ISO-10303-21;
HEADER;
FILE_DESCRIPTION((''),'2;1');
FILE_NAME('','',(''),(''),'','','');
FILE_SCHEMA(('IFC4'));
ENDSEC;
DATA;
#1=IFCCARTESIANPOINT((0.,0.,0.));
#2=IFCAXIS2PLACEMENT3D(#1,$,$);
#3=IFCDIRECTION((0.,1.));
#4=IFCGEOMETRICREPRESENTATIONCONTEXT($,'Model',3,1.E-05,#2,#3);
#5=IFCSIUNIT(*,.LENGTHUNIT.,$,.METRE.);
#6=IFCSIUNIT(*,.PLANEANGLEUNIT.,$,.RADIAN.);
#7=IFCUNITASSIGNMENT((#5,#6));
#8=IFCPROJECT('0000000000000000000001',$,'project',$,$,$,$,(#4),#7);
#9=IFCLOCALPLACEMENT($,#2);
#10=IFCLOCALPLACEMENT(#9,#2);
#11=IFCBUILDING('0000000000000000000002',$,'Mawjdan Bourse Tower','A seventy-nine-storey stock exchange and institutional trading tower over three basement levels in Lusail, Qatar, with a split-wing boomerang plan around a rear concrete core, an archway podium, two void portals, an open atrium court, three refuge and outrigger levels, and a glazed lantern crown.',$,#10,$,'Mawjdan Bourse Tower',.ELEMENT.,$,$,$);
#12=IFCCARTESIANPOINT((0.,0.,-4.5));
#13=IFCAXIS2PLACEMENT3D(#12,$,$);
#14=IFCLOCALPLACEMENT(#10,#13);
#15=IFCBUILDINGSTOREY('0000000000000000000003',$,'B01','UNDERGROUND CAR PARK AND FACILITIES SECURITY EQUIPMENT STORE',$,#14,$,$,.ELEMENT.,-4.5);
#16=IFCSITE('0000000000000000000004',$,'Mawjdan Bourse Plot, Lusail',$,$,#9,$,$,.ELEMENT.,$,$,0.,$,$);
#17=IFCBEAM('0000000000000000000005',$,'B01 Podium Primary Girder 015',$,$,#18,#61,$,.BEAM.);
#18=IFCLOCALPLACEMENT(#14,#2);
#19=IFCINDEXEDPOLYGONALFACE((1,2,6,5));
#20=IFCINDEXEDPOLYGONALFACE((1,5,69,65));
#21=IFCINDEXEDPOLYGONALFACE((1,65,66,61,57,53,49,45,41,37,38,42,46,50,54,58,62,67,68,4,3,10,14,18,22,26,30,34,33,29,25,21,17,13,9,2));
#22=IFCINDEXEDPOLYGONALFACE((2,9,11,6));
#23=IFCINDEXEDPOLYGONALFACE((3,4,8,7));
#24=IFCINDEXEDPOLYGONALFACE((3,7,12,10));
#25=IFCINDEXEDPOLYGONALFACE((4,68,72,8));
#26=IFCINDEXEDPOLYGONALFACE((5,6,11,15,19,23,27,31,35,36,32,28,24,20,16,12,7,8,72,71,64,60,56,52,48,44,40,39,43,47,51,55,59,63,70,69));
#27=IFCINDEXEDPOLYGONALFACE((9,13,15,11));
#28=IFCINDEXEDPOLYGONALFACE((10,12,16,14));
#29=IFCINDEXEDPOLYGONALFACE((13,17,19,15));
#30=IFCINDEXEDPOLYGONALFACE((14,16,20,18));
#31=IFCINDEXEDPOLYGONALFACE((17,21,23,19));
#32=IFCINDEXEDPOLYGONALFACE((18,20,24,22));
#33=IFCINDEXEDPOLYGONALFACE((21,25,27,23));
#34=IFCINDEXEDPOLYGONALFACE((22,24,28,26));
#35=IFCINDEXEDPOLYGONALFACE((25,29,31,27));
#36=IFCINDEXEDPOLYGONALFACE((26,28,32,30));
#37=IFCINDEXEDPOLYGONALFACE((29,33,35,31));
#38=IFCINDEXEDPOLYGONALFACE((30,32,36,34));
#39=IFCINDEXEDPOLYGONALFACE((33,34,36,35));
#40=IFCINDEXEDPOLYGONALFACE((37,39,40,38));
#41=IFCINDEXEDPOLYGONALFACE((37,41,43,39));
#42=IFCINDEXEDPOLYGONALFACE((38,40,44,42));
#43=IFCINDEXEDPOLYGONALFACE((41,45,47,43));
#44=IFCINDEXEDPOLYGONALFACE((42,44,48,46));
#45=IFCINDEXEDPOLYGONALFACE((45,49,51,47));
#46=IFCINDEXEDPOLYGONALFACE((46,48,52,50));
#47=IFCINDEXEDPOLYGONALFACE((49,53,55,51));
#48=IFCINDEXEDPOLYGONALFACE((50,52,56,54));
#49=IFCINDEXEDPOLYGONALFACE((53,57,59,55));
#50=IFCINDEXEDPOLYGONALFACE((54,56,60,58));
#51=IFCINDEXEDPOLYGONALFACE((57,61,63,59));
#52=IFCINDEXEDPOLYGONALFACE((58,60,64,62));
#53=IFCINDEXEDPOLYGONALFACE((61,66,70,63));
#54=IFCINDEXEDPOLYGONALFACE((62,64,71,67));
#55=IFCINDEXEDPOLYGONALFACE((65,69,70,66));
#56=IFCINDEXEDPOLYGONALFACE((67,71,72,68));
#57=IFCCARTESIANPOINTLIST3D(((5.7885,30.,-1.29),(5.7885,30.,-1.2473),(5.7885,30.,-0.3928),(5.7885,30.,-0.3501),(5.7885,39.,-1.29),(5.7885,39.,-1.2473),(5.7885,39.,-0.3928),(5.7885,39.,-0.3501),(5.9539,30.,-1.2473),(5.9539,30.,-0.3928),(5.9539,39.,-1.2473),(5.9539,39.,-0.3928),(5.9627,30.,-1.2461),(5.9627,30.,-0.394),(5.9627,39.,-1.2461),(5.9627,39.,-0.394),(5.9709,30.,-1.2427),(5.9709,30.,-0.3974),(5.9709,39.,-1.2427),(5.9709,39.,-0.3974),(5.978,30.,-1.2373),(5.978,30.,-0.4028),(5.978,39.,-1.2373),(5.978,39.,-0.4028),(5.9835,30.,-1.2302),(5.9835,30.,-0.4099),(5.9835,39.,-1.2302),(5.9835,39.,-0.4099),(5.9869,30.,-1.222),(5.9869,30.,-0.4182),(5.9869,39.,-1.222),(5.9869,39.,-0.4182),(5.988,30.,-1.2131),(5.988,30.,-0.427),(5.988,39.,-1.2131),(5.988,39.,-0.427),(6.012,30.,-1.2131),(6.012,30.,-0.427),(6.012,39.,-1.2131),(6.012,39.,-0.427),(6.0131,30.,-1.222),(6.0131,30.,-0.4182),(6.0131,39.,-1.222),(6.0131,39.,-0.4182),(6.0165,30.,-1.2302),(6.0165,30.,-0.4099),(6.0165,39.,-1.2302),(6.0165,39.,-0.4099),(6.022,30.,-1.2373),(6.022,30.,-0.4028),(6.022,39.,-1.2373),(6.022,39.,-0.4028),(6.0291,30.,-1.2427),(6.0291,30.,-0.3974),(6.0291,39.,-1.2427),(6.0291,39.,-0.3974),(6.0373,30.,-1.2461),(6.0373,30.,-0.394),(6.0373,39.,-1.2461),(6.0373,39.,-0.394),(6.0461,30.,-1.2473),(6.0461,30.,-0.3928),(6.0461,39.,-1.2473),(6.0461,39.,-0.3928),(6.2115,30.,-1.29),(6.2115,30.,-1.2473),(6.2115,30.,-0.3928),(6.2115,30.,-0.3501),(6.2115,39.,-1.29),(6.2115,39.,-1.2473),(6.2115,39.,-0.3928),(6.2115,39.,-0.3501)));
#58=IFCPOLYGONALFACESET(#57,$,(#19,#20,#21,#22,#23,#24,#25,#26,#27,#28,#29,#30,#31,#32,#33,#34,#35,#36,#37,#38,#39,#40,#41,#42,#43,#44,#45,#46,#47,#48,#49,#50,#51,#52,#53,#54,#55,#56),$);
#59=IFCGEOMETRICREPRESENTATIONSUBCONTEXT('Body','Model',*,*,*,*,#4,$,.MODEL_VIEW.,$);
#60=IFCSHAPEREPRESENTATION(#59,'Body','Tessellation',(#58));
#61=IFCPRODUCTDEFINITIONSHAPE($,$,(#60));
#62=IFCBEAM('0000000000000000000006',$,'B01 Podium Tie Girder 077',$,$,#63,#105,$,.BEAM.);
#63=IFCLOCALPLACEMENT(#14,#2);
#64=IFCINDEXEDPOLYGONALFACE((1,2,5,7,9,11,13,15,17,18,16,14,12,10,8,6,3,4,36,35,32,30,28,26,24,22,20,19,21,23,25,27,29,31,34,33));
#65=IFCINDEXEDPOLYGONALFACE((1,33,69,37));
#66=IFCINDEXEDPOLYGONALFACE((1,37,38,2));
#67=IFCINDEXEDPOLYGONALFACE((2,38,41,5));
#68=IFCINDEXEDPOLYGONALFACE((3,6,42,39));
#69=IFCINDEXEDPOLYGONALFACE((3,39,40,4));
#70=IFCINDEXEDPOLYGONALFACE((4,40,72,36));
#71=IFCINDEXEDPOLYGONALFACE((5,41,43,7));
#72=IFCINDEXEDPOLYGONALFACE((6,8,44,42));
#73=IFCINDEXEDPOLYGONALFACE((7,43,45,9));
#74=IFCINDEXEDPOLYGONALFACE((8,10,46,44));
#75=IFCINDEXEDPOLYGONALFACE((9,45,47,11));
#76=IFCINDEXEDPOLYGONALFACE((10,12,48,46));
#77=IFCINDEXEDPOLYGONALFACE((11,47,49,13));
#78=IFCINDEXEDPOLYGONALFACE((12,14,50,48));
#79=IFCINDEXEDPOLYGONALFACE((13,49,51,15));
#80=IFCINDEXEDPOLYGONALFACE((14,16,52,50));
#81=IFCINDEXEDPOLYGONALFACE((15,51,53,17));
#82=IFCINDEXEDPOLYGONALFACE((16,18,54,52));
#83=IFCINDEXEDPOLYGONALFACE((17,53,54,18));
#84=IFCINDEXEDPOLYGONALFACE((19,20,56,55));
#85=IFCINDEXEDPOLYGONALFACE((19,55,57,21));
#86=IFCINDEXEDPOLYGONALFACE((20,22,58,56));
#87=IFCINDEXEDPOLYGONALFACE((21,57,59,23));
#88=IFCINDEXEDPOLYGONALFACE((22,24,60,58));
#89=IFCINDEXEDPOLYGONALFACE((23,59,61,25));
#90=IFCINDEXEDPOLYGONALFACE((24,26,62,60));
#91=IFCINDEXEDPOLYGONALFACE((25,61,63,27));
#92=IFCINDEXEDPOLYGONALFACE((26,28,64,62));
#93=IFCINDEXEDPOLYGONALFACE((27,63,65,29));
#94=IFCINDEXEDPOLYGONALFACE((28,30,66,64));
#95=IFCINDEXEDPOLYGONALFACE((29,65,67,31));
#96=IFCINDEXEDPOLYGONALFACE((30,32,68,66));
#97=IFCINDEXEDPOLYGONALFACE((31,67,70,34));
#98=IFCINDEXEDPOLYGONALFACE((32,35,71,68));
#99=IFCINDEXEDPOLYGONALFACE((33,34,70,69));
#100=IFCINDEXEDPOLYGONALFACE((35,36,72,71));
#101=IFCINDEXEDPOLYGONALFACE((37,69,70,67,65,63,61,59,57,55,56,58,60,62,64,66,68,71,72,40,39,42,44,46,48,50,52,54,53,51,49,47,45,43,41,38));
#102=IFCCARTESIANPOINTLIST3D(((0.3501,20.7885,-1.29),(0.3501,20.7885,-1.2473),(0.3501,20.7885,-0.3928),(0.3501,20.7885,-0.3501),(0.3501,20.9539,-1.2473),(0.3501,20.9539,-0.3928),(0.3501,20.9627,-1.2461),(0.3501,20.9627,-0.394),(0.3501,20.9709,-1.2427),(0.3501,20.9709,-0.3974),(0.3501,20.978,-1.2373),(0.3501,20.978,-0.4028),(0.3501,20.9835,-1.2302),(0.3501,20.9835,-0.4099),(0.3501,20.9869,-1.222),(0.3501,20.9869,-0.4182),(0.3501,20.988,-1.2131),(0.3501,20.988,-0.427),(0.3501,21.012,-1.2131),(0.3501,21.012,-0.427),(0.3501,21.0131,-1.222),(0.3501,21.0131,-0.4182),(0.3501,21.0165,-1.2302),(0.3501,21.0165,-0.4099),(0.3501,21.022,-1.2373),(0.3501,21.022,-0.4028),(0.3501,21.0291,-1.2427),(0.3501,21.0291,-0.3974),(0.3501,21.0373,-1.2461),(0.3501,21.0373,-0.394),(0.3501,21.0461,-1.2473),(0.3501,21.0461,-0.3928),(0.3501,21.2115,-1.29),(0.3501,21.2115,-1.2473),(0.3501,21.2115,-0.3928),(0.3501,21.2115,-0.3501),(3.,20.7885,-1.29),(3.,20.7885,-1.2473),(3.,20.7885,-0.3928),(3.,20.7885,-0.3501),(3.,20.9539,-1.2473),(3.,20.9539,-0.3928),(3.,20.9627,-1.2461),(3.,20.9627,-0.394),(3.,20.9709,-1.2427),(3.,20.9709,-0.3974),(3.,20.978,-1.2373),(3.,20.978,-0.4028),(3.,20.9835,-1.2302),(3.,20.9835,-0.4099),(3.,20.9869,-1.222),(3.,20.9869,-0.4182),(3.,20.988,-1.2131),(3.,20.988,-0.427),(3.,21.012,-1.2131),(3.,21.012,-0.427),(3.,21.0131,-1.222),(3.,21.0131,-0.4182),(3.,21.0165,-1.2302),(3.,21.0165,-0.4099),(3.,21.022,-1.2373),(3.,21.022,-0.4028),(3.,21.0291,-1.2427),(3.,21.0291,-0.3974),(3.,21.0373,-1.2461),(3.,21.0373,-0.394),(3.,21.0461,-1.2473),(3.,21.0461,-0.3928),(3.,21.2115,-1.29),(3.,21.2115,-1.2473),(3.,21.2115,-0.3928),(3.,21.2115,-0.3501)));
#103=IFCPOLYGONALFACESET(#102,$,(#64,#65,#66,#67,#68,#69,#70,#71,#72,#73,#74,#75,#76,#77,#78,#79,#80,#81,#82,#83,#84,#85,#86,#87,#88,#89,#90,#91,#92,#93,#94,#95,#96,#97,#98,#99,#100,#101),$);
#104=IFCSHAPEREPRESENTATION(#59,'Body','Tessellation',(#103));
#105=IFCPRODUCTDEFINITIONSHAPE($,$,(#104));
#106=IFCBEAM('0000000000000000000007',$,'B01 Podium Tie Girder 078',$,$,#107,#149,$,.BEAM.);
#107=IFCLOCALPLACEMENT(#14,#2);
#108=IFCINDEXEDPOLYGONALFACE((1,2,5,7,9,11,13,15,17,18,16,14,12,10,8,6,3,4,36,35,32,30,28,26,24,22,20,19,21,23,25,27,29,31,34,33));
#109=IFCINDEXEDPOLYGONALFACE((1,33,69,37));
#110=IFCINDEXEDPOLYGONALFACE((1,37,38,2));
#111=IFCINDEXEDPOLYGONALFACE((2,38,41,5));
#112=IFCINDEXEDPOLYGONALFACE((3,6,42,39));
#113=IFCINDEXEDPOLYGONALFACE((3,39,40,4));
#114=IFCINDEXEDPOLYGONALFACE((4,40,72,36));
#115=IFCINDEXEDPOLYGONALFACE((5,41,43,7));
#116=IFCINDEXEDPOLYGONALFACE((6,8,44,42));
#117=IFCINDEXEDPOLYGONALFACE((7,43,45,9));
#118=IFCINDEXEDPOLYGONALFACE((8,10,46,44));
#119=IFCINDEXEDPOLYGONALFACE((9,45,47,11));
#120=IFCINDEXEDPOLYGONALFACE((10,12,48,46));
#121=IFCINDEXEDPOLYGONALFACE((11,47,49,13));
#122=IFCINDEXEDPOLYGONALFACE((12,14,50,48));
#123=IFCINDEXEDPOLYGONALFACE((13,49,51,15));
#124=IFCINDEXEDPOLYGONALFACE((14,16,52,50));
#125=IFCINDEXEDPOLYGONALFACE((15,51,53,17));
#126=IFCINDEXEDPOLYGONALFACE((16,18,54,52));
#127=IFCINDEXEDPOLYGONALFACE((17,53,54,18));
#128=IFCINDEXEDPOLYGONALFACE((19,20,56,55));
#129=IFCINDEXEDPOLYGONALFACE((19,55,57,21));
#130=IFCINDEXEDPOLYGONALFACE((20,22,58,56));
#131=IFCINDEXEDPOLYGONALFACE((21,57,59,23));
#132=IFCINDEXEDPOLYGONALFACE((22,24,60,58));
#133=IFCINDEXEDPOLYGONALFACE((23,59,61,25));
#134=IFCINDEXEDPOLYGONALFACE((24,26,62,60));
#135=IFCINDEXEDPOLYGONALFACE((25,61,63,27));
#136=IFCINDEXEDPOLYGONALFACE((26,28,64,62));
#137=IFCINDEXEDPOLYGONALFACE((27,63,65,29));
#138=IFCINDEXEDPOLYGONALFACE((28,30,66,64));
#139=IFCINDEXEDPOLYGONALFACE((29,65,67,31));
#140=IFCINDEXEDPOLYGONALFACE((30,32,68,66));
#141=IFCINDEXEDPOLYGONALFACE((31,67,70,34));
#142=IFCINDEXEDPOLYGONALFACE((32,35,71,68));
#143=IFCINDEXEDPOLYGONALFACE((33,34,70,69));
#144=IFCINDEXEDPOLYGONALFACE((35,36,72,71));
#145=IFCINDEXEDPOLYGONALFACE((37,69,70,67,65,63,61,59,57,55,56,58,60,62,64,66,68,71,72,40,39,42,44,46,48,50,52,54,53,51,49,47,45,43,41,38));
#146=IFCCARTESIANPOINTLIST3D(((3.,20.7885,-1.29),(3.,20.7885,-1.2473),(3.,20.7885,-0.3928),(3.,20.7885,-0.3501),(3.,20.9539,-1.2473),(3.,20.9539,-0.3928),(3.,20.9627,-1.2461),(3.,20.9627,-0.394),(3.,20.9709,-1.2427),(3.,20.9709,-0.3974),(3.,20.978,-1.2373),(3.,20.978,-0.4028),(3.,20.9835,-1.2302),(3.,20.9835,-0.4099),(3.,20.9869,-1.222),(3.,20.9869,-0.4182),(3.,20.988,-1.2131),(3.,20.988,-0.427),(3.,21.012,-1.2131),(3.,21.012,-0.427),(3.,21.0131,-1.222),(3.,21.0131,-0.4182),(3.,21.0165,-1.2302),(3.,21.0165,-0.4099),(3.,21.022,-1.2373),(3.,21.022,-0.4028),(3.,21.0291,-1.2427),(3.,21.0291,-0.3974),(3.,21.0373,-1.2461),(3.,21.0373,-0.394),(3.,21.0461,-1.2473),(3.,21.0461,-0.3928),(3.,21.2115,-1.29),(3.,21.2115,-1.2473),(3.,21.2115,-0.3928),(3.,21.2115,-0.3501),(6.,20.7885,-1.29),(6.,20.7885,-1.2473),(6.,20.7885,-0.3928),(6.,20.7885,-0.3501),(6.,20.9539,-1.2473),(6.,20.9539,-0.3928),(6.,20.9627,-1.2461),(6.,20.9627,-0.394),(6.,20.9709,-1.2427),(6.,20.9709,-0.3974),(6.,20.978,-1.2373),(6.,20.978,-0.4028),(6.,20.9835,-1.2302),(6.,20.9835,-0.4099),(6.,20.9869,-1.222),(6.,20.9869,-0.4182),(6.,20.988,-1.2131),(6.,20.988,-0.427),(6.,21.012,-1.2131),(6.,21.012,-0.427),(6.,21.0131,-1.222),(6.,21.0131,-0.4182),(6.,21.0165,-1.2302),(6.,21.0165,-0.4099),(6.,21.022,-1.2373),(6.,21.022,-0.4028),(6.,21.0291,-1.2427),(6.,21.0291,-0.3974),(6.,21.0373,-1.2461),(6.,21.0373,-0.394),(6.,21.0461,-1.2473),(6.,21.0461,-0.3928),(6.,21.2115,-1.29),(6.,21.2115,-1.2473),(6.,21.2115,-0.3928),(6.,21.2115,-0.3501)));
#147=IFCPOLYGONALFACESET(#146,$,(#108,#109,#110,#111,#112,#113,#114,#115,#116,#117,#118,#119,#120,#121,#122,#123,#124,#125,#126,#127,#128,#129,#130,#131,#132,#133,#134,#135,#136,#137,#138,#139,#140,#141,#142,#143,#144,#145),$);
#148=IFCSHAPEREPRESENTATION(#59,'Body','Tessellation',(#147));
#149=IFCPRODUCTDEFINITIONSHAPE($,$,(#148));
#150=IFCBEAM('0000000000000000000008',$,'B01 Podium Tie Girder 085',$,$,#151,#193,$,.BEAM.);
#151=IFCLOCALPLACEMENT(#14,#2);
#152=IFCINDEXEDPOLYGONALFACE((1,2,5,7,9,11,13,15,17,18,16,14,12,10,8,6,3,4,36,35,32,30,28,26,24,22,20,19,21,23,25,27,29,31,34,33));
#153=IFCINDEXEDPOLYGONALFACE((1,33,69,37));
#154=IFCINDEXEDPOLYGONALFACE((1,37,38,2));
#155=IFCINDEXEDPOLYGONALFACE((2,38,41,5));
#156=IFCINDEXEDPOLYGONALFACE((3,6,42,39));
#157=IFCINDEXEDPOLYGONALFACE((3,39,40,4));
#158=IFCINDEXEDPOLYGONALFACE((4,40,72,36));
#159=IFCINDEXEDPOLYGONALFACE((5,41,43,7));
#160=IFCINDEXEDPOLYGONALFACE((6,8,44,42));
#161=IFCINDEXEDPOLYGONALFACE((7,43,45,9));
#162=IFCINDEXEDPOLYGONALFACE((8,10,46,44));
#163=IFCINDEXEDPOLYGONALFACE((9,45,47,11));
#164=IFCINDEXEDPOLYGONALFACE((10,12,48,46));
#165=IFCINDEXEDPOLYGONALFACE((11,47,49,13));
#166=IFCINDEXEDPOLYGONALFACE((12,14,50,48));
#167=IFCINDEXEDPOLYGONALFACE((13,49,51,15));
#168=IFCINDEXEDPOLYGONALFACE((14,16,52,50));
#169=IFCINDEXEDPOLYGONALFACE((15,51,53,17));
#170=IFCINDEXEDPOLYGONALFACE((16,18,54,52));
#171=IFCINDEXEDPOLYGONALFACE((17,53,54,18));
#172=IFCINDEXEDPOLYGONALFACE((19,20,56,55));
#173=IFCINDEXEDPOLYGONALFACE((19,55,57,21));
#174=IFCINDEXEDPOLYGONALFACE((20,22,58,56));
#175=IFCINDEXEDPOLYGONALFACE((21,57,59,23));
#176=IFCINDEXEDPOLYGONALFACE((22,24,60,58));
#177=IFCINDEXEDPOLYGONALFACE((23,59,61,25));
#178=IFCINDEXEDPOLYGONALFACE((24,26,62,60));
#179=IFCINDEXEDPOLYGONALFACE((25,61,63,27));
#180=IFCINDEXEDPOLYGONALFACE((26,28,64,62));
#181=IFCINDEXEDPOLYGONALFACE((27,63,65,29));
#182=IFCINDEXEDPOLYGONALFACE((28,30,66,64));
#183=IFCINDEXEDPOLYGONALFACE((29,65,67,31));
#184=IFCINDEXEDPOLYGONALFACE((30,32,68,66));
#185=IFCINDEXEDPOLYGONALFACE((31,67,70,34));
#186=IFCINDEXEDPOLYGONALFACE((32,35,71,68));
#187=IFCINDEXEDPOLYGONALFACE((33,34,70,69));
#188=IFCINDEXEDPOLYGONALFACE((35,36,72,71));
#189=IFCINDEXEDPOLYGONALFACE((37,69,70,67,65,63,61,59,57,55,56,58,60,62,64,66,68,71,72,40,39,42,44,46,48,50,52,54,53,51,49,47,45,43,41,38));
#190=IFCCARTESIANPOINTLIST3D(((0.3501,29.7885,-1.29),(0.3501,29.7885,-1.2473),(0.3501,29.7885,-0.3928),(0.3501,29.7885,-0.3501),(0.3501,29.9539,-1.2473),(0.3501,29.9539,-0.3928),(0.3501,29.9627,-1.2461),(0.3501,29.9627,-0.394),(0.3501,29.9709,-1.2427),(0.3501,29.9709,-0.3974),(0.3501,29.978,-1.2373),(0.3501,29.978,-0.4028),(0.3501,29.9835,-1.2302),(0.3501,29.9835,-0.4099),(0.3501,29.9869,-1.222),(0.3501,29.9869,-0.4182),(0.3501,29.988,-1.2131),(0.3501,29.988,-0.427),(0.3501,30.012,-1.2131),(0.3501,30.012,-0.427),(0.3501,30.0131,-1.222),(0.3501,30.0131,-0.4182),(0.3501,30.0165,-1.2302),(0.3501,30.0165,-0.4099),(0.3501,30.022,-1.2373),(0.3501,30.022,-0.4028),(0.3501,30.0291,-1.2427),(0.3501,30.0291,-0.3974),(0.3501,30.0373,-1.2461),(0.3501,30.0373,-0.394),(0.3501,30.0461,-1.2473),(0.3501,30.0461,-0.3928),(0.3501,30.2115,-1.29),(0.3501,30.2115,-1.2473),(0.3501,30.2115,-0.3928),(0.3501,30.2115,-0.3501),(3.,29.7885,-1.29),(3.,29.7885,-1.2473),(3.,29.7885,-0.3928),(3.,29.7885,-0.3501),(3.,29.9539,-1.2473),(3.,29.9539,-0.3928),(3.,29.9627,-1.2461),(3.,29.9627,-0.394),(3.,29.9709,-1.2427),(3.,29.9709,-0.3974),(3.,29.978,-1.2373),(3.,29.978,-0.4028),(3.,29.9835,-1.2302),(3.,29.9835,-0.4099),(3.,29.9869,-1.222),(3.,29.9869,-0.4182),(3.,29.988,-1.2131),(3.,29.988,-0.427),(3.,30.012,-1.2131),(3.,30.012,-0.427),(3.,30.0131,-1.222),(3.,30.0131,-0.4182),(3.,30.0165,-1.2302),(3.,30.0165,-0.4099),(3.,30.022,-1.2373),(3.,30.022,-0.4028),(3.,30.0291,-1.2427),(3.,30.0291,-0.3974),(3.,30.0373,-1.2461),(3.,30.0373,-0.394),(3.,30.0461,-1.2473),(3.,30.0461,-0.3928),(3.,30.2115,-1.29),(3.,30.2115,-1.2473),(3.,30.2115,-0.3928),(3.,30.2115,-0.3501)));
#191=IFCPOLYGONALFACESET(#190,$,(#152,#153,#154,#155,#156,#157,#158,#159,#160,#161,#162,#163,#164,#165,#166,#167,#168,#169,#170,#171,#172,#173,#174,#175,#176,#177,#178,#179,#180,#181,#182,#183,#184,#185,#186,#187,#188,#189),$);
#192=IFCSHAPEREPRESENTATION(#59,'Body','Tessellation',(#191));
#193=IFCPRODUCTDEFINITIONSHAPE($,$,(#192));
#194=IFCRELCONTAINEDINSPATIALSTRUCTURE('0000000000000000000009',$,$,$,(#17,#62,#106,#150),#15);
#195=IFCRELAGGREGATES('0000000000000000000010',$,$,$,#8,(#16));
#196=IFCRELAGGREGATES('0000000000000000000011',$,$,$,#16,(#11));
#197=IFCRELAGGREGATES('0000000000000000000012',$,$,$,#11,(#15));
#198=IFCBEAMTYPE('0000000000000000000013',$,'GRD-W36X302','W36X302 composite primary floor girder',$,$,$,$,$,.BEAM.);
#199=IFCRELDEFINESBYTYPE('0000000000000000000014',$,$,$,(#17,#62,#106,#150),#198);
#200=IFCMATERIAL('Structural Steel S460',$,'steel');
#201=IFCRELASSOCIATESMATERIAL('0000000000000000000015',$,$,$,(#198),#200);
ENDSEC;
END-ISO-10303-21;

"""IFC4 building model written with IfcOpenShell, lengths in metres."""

from ifc_helpers import new_model, si_unit, direction, frame, origin, origin_2d, place, context, subcontext, project, spatial, i_section, extrude, material, material_profile, profile_set, type_object, element, save


model = new_model("IFC4")

# Units and contexts
model_context = context("Model", 3, precision=1e-05, world=origin(), true_north=direction((0.0, 1.0)))
body_context = subcontext(model_context, "Body", "Model", "MODEL_VIEW")
ifc_project = project(units=[si_unit("LENGTHUNIT", "METRE"), si_unit("PLANEANGLEUNIT", "RADIAN")], contexts=[model_context])

# Site, building, storey
site_placement = place(None, origin())
site = spatial("IfcSite", under=ifc_project, at=site_placement, Name="Mawjdan Bourse Plot, Lusail", CompositionType="ELEMENT", RefElevation=0.0)
building_placement = place(site_placement, origin())
building = spatial("IfcBuilding", under=site, at=building_placement, Name="Mawjdan Bourse Tower", Description="A seventy-nine-storey stock exchange and institutional trading tower over three basement levels in Lusail, Qatar, with a split-wing boomerang plan around a rear concrete core, an archway podium, two void portals, an open atrium court, three refuge and outrigger levels, and a glazed lantern crown.", LongName="Mawjdan Bourse Tower", CompositionType="ELEMENT")
storey_placement = place(building_placement, frame((0.0, 0.0, -4.5)))
storey = spatial("IfcBuildingStorey", under=building, at=storey_placement, Name="B01", Description="UNDERGROUND CAR PARK AND FACILITIES SECURITY EQUIPMENT STORE", CompositionType="ELEMENT", Elevation=-4.5)

# Beams
ifc_material_1 = material(Name="Structural Steel S460", Category="steel")
ifc_material_profile_1 = material_profile(ifc_material_1, i_section(OverallWidth=0.4231, OverallDepth=0.9399, WebThickness=0.0239, FlangeThickness=0.0427, FilletRadius=0.0342, at=origin_2d()), Name="W36X302")
ifc_profile_set_1 = profile_set([ifc_material_profile_1], Name="Structural Steel S460")
beam_type_1 = type_object("IfcBeamType", Name="GRD-W36X302", Description="W36X302 composite primary floor girder", PredefinedType="BEAM", material=ifc_profile_set_1)
for number, where, z_axis, x_axis, name in (
    (1, (6.0, 30.0, -0.8201), (0.0, 1.0, 0.0), (-1.0, 0.0, 0.0), "B01 Podium Primary Girder 015"),
):
    element("IfcBeam", number, at=place(storey_placement, frame(where, z_axis=z_axis, x_axis=x_axis)), inside=storey, type_object=beam_type_1, Name=name, PredefinedType="BEAM", context=body_context, shape_type="SweptSolid", body=[
        extrude(i_section(OverallWidth=0.4231, OverallDepth=0.9399, WebThickness=0.0239, FlangeThickness=0.0427, FilletRadius=0.0342, at=origin_2d()), origin(), (0.0, 0.0, 1.0), 9.0),
    ])
beam_1_placement = place(storey_placement, frame((0.3501, 21.0, -0.8201), z_axis=(1.0, 0.0, 0.0), x_axis=(0.0, 1.0, 0.0)))
element("IfcBeam", 2, at=beam_1_placement, inside=storey, type_object=beam_type_1, Name="B01 Podium Tie Girder 077", PredefinedType="BEAM", context=body_context, shape_type="SweptSolid", body=[
    extrude(i_section(OverallWidth=0.4231, OverallDepth=0.9399, WebThickness=0.0239, FlangeThickness=0.0427, FilletRadius=0.0342, at=origin_2d()), origin(), (0.0, 0.0, 1.0), 2.6499),
])
beam_2_placement = place(storey_placement, frame((3.0, 21.0, -0.8201), z_axis=(1.0, 0.0, 0.0), x_axis=(0.0, 1.0, 0.0)))
element("IfcBeam", 3, at=beam_2_placement, inside=storey, type_object=beam_type_1, Name="B01 Podium Tie Girder 078", PredefinedType="BEAM", context=body_context, shape_type="SweptSolid", body=[
    extrude(i_section(OverallWidth=0.4231, OverallDepth=0.9399, WebThickness=0.0239, FlangeThickness=0.0427, FilletRadius=0.0342, at=origin_2d()), origin(), (0.0, 0.0, 1.0), 3.0),
])
beam_3_placement = place(storey_placement, frame((0.3501, 30.0, -0.8201), z_axis=(1.0, 0.0, 0.0), x_axis=(0.0, 1.0, 0.0)))
element("IfcBeam", 4, at=beam_3_placement, inside=storey, type_object=beam_type_1, Name="B01 Podium Tie Girder 085", PredefinedType="BEAM", context=body_context, shape_type="SweptSolid", body=[
    extrude(i_section(OverallWidth=0.4231, OverallDepth=0.9399, WebThickness=0.0239, FlangeThickness=0.0427, FilletRadius=0.0342, at=origin_2d()), origin(), (0.0, 0.0, 1.0), 2.6499),
])

save(model, "model.ifc")
